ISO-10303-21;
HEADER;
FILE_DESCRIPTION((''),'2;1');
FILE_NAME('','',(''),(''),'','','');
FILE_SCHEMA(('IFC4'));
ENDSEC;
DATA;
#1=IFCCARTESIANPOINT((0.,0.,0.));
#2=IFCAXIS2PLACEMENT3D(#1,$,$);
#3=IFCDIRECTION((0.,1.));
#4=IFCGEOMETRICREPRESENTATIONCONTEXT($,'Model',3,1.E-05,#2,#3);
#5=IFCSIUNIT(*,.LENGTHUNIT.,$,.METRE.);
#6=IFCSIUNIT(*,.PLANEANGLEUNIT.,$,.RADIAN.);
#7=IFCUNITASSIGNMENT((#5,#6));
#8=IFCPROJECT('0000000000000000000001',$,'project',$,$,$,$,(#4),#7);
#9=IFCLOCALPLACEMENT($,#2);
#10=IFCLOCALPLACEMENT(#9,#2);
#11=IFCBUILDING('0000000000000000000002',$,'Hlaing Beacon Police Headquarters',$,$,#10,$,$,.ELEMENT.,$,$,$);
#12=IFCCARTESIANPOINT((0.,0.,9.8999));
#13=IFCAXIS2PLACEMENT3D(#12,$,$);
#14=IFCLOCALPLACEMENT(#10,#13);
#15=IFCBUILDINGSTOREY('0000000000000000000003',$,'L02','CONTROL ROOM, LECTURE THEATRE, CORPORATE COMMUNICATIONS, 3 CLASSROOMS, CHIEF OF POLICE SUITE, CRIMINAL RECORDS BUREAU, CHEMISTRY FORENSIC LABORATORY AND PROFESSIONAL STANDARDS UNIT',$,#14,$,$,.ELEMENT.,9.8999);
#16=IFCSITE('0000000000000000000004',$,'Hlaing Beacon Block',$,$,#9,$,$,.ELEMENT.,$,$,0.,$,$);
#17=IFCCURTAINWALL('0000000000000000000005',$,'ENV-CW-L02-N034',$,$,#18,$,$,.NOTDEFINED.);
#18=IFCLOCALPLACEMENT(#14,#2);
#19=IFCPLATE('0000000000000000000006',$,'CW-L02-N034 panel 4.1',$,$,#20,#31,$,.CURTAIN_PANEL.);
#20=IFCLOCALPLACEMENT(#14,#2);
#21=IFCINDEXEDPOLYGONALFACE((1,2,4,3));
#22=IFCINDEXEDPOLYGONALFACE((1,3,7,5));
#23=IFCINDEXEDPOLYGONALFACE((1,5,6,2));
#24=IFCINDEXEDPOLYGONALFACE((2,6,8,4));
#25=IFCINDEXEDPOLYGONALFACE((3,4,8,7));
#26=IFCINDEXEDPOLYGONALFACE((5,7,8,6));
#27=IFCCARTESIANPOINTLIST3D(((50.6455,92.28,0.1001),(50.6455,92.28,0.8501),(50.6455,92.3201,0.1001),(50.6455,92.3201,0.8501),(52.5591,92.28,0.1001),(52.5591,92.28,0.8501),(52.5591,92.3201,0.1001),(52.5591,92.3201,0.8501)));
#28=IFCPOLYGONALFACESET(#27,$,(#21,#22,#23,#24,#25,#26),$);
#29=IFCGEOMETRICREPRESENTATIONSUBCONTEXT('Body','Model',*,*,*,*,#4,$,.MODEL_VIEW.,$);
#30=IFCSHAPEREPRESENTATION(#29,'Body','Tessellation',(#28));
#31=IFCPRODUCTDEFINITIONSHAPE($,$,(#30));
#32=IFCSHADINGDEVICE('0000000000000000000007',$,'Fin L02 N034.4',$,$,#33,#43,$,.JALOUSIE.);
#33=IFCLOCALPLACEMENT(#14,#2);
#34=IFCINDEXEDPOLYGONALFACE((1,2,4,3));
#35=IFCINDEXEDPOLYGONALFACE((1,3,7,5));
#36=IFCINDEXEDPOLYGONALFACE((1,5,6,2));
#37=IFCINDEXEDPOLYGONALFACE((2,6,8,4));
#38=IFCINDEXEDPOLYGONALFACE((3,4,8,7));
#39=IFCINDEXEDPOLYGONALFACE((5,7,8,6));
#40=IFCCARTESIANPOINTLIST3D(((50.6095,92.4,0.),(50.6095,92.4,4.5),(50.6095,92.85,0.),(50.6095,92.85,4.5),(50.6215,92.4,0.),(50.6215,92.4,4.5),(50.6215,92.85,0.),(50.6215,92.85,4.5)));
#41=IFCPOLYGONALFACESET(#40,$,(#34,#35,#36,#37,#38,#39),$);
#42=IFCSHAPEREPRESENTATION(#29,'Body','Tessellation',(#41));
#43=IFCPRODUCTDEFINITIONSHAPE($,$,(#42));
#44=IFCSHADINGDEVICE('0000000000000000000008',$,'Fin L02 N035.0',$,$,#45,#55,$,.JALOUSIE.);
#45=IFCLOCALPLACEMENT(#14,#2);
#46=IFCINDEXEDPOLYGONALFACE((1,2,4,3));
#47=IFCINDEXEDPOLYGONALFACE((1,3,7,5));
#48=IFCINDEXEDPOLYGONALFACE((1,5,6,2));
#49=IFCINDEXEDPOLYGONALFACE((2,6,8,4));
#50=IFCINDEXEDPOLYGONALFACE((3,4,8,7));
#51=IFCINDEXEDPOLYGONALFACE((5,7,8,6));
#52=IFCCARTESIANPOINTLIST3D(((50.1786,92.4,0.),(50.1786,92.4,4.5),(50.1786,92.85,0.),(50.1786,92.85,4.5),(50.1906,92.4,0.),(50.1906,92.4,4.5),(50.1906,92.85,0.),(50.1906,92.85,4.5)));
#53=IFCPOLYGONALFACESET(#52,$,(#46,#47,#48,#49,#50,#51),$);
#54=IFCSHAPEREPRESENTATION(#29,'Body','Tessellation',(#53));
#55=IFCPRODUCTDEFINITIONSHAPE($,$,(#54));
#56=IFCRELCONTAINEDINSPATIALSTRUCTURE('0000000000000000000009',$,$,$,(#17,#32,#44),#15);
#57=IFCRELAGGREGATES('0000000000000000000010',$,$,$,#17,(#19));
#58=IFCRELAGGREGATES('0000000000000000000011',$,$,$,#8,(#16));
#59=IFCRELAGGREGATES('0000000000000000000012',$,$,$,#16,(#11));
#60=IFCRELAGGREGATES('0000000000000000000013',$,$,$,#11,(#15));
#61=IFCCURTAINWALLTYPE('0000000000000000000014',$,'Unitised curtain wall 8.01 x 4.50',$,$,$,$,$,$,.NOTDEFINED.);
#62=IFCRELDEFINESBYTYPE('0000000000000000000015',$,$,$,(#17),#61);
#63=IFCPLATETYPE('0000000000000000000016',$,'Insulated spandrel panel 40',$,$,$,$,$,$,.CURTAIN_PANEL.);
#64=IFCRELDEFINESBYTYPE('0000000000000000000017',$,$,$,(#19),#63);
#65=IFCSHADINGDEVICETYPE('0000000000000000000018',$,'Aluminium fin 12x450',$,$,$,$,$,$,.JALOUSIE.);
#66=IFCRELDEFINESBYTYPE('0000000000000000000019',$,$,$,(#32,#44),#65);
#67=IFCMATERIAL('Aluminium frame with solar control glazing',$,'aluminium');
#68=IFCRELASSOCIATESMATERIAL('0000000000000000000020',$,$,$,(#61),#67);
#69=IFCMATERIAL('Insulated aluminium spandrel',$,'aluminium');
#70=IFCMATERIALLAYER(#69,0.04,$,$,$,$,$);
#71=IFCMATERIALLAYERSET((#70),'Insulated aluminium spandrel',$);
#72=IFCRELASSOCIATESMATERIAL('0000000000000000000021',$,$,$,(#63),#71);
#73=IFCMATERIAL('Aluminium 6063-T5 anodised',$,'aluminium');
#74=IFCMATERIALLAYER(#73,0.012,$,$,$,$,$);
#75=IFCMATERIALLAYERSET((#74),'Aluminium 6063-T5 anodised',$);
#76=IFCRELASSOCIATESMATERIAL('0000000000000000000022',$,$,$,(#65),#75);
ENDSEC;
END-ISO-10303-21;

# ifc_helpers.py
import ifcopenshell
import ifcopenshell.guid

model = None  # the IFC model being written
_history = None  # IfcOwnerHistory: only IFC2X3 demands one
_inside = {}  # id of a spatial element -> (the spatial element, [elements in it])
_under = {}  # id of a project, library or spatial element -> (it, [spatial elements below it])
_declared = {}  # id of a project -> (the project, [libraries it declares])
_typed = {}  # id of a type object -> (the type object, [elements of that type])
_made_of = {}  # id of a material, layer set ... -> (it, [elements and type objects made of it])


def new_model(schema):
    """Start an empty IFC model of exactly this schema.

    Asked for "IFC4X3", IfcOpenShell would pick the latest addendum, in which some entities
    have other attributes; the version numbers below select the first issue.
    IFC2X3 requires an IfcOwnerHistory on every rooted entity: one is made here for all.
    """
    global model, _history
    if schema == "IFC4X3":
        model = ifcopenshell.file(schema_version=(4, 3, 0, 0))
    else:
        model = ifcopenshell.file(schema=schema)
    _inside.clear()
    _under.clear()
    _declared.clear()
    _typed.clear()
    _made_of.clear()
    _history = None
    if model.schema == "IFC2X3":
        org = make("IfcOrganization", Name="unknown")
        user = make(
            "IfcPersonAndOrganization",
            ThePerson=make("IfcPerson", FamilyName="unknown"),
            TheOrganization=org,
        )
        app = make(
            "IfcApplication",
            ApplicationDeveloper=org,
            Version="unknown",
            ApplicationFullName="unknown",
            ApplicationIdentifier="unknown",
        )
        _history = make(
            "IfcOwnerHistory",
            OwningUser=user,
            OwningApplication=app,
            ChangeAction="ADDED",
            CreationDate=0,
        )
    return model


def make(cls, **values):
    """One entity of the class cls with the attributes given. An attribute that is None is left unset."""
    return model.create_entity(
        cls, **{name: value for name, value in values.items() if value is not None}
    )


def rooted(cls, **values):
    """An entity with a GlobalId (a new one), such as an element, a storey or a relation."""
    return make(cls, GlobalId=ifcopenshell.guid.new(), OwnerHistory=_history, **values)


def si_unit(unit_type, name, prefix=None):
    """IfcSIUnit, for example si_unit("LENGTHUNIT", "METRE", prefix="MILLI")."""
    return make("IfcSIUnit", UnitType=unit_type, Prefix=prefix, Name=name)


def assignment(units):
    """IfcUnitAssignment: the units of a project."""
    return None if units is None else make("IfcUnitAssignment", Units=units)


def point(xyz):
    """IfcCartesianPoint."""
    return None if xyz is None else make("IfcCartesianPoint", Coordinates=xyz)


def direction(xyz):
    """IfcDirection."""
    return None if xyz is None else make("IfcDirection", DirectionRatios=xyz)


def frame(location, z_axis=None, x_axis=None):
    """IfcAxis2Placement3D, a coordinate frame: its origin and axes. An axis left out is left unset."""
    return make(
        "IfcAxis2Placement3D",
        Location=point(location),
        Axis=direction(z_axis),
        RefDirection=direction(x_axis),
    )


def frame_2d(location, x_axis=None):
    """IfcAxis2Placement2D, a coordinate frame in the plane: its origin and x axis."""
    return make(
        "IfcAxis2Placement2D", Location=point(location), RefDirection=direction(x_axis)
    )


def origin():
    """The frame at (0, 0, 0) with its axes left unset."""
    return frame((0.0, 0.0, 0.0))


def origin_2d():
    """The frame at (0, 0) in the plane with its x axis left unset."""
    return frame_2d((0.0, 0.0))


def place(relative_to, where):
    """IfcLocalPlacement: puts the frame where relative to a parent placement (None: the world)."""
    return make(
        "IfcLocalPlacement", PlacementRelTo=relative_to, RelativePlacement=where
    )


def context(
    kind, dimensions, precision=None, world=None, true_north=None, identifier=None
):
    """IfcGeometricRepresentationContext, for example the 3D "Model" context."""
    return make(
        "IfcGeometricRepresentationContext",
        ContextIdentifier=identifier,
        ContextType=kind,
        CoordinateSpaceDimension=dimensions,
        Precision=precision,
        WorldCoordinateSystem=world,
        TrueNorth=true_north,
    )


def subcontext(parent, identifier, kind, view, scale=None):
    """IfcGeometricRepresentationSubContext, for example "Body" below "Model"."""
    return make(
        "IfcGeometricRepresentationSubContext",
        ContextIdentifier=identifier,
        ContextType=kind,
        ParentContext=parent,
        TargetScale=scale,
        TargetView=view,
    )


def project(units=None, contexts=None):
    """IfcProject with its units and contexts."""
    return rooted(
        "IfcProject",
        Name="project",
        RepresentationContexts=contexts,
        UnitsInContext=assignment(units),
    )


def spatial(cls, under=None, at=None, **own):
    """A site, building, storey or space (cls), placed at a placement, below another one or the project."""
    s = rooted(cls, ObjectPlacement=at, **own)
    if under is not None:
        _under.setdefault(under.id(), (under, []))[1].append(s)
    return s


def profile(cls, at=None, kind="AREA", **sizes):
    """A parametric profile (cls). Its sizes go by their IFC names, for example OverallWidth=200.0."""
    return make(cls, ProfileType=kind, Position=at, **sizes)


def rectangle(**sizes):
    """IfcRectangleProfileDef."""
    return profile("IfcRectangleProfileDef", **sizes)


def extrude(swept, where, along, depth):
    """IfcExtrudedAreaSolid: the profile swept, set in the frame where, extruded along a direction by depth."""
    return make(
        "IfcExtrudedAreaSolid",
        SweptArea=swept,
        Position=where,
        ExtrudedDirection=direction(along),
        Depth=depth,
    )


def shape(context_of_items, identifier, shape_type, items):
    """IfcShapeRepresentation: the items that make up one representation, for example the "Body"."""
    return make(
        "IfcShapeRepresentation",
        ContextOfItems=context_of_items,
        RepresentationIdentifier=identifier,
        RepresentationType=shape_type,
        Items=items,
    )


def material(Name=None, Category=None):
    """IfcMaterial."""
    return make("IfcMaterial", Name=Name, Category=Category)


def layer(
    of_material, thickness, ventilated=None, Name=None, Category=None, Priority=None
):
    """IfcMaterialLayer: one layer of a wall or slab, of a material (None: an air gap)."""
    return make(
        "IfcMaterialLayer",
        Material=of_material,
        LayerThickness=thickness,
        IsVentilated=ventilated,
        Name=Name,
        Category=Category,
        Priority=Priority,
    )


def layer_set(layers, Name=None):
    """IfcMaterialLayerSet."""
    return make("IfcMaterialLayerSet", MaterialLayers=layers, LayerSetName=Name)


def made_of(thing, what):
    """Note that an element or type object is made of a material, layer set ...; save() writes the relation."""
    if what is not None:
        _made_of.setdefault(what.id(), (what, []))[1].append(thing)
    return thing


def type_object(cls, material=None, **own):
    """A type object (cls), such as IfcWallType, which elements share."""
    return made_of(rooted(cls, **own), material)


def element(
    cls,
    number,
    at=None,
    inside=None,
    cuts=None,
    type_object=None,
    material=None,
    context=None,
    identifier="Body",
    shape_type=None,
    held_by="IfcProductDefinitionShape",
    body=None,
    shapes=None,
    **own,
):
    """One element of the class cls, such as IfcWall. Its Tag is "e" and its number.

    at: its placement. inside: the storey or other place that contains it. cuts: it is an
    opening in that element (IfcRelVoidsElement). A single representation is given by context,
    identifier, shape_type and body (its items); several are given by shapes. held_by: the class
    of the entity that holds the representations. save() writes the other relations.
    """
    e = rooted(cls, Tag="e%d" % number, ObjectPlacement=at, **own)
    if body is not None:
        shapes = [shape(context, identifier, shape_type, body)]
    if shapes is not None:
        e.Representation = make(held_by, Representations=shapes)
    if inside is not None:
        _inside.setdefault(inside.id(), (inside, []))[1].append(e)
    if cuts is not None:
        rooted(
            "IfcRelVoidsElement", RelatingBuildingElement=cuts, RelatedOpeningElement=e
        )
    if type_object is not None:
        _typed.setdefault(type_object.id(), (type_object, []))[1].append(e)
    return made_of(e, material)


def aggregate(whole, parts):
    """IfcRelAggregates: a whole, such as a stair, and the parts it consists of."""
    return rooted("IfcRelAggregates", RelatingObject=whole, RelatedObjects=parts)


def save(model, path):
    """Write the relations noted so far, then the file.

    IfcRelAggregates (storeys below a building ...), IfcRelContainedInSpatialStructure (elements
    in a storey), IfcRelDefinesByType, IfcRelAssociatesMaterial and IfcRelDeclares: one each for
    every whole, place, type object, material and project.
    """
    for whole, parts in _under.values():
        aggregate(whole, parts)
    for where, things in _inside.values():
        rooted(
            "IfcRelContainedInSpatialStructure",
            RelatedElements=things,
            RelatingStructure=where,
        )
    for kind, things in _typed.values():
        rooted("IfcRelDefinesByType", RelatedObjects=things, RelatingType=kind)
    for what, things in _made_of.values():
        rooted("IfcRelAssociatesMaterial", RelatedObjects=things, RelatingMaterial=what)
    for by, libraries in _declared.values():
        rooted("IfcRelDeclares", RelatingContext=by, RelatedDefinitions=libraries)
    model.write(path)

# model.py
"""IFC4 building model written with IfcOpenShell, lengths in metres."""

from ifc_helpers import new_model, si_unit, direction, frame, origin, origin_2d, place, context, subcontext, project, spatial, rectangle, extrude, material, layer, layer_set, type_object, element, aggregate, save


model = new_model("IFC4")

# Units and contexts
model_context = context("Model", 3, precision=1e-05, world=origin(), true_north=direction((0.0, 1.0)))
body_context = subcontext(model_context, "Body", "Model", "MODEL_VIEW")
ifc_project = project(units=[si_unit("LENGTHUNIT", "METRE"), si_unit("PLANEANGLEUNIT", "RADIAN")], contexts=[model_context])

# Site, building, storey
site_placement = place(None, origin())
site = spatial("IfcSite", under=ifc_project, at=site_placement, Name="Hlaing Beacon Block", CompositionType="ELEMENT", RefElevation=0.0)
building_placement = place(site_placement, origin())
building = spatial("IfcBuilding", under=site, at=building_placement, Name="Hlaing Beacon Police Headquarters", CompositionType="ELEMENT")
storey_placement = place(building_placement, frame((0.0, 0.0, 9.8999)))
storey = spatial("IfcBuildingStorey", under=building, at=storey_placement, Name="L02", Description="CONTROL ROOM, LECTURE THEATRE, CORPORATE COMMUNICATIONS, 3 CLASSROOMS, CHIEF OF POLICE SUITE, CRIMINAL RECORDS BUREAU, CHEMISTRY FORENSIC LABORATORY AND PROFESSIONAL STANDARDS UNIT", CompositionType="ELEMENT", Elevation=9.8999)

# Curtain wall
ifc_material_1 = material(Name="Aluminium frame with solar control glazing", Category="aluminium")
curtain_wall_type_1 = type_object("IfcCurtainWallType", Name="Unitised curtain wall 8.01 x 4.50", PredefinedType="NOTDEFINED", material=ifc_material_1)
curtain_wall_1_placement = place(storey_placement, origin())
curtain_wall_1 = element("IfcCurtainWall", 1, at=curtain_wall_1_placement, inside=storey, type_object=curtain_wall_type_1, Name="ENV-CW-L02-N034", PredefinedType="NOTDEFINED")

# Plate
ifc_material_2 = material(Name="Insulated aluminium spandrel", Category="aluminium")
ifc_layer_1 = layer(ifc_material_2, 0.04)
ifc_layer_set_1 = layer_set([ifc_layer_1], Name="Insulated aluminium spandrel")
plate_type_1 = type_object("IfcPlateType", Name="Insulated spandrel panel 40", PredefinedType="CURTAIN_PANEL", material=ifc_layer_set_1)
plate_1_placement = place(storey_placement, frame((51.6023, 92.3, 0.1001), z_axis=(0.0, 0.0, 1.0), x_axis=(-1.0, 0.0, 0.0)))
plate_1 = element("IfcPlate", 2, at=plate_1_placement, type_object=plate_type_1, Name="CW-L02-N034 panel 4.1", PredefinedType="CURTAIN_PANEL", context=body_context, shape_type="SweptSolid", body=[
    extrude(rectangle(XDim=1.9136, YDim=0.04, at=origin_2d()), origin(), (0.0, 0.0, 1.0), 0.75),
])
aggregate(curtain_wall_1, [plate_1])

# Shading devices
ifc_material_3 = material(Name="Aluminium 6063-T5 anodised", Category="aluminium")
ifc_layer_2 = layer(ifc_material_3, 0.012)
ifc_layer_set_2 = layer_set([ifc_layer_2], Name="Aluminium 6063-T5 anodised")
shading_device_type = type_object("IfcShadingDeviceType", Name="Aluminium fin 12x450", PredefinedType="JALOUSIE", material=ifc_layer_set_2)
for number, where, z_axis, x_axis, name in (
    (3, (50.6155, 92.625, 0.0), (0.0, 0.0, 1.0), (-1.0, 0.0, 0.0), "Fin L02 N034.4"),
    (4, (50.1846, 92.625, 0.0), (0.0, 0.0, 1.0), (-1.0, 0.0, 0.0), "Fin L02 N035.0"),
):
    element("IfcShadingDevice", number, at=place(storey_placement, frame(where, z_axis=z_axis, x_axis=x_axis)), inside=storey, type_object=shading_device_type, Name=name, PredefinedType="JALOUSIE", context=body_context, shape_type="SweptSolid", body=[
        extrude(rectangle(XDim=0.012, YDim=0.45, at=origin_2d()), origin(), (0.0, 0.0, 1.0), 4.5),
    ])

save(model, "model.ifc")
